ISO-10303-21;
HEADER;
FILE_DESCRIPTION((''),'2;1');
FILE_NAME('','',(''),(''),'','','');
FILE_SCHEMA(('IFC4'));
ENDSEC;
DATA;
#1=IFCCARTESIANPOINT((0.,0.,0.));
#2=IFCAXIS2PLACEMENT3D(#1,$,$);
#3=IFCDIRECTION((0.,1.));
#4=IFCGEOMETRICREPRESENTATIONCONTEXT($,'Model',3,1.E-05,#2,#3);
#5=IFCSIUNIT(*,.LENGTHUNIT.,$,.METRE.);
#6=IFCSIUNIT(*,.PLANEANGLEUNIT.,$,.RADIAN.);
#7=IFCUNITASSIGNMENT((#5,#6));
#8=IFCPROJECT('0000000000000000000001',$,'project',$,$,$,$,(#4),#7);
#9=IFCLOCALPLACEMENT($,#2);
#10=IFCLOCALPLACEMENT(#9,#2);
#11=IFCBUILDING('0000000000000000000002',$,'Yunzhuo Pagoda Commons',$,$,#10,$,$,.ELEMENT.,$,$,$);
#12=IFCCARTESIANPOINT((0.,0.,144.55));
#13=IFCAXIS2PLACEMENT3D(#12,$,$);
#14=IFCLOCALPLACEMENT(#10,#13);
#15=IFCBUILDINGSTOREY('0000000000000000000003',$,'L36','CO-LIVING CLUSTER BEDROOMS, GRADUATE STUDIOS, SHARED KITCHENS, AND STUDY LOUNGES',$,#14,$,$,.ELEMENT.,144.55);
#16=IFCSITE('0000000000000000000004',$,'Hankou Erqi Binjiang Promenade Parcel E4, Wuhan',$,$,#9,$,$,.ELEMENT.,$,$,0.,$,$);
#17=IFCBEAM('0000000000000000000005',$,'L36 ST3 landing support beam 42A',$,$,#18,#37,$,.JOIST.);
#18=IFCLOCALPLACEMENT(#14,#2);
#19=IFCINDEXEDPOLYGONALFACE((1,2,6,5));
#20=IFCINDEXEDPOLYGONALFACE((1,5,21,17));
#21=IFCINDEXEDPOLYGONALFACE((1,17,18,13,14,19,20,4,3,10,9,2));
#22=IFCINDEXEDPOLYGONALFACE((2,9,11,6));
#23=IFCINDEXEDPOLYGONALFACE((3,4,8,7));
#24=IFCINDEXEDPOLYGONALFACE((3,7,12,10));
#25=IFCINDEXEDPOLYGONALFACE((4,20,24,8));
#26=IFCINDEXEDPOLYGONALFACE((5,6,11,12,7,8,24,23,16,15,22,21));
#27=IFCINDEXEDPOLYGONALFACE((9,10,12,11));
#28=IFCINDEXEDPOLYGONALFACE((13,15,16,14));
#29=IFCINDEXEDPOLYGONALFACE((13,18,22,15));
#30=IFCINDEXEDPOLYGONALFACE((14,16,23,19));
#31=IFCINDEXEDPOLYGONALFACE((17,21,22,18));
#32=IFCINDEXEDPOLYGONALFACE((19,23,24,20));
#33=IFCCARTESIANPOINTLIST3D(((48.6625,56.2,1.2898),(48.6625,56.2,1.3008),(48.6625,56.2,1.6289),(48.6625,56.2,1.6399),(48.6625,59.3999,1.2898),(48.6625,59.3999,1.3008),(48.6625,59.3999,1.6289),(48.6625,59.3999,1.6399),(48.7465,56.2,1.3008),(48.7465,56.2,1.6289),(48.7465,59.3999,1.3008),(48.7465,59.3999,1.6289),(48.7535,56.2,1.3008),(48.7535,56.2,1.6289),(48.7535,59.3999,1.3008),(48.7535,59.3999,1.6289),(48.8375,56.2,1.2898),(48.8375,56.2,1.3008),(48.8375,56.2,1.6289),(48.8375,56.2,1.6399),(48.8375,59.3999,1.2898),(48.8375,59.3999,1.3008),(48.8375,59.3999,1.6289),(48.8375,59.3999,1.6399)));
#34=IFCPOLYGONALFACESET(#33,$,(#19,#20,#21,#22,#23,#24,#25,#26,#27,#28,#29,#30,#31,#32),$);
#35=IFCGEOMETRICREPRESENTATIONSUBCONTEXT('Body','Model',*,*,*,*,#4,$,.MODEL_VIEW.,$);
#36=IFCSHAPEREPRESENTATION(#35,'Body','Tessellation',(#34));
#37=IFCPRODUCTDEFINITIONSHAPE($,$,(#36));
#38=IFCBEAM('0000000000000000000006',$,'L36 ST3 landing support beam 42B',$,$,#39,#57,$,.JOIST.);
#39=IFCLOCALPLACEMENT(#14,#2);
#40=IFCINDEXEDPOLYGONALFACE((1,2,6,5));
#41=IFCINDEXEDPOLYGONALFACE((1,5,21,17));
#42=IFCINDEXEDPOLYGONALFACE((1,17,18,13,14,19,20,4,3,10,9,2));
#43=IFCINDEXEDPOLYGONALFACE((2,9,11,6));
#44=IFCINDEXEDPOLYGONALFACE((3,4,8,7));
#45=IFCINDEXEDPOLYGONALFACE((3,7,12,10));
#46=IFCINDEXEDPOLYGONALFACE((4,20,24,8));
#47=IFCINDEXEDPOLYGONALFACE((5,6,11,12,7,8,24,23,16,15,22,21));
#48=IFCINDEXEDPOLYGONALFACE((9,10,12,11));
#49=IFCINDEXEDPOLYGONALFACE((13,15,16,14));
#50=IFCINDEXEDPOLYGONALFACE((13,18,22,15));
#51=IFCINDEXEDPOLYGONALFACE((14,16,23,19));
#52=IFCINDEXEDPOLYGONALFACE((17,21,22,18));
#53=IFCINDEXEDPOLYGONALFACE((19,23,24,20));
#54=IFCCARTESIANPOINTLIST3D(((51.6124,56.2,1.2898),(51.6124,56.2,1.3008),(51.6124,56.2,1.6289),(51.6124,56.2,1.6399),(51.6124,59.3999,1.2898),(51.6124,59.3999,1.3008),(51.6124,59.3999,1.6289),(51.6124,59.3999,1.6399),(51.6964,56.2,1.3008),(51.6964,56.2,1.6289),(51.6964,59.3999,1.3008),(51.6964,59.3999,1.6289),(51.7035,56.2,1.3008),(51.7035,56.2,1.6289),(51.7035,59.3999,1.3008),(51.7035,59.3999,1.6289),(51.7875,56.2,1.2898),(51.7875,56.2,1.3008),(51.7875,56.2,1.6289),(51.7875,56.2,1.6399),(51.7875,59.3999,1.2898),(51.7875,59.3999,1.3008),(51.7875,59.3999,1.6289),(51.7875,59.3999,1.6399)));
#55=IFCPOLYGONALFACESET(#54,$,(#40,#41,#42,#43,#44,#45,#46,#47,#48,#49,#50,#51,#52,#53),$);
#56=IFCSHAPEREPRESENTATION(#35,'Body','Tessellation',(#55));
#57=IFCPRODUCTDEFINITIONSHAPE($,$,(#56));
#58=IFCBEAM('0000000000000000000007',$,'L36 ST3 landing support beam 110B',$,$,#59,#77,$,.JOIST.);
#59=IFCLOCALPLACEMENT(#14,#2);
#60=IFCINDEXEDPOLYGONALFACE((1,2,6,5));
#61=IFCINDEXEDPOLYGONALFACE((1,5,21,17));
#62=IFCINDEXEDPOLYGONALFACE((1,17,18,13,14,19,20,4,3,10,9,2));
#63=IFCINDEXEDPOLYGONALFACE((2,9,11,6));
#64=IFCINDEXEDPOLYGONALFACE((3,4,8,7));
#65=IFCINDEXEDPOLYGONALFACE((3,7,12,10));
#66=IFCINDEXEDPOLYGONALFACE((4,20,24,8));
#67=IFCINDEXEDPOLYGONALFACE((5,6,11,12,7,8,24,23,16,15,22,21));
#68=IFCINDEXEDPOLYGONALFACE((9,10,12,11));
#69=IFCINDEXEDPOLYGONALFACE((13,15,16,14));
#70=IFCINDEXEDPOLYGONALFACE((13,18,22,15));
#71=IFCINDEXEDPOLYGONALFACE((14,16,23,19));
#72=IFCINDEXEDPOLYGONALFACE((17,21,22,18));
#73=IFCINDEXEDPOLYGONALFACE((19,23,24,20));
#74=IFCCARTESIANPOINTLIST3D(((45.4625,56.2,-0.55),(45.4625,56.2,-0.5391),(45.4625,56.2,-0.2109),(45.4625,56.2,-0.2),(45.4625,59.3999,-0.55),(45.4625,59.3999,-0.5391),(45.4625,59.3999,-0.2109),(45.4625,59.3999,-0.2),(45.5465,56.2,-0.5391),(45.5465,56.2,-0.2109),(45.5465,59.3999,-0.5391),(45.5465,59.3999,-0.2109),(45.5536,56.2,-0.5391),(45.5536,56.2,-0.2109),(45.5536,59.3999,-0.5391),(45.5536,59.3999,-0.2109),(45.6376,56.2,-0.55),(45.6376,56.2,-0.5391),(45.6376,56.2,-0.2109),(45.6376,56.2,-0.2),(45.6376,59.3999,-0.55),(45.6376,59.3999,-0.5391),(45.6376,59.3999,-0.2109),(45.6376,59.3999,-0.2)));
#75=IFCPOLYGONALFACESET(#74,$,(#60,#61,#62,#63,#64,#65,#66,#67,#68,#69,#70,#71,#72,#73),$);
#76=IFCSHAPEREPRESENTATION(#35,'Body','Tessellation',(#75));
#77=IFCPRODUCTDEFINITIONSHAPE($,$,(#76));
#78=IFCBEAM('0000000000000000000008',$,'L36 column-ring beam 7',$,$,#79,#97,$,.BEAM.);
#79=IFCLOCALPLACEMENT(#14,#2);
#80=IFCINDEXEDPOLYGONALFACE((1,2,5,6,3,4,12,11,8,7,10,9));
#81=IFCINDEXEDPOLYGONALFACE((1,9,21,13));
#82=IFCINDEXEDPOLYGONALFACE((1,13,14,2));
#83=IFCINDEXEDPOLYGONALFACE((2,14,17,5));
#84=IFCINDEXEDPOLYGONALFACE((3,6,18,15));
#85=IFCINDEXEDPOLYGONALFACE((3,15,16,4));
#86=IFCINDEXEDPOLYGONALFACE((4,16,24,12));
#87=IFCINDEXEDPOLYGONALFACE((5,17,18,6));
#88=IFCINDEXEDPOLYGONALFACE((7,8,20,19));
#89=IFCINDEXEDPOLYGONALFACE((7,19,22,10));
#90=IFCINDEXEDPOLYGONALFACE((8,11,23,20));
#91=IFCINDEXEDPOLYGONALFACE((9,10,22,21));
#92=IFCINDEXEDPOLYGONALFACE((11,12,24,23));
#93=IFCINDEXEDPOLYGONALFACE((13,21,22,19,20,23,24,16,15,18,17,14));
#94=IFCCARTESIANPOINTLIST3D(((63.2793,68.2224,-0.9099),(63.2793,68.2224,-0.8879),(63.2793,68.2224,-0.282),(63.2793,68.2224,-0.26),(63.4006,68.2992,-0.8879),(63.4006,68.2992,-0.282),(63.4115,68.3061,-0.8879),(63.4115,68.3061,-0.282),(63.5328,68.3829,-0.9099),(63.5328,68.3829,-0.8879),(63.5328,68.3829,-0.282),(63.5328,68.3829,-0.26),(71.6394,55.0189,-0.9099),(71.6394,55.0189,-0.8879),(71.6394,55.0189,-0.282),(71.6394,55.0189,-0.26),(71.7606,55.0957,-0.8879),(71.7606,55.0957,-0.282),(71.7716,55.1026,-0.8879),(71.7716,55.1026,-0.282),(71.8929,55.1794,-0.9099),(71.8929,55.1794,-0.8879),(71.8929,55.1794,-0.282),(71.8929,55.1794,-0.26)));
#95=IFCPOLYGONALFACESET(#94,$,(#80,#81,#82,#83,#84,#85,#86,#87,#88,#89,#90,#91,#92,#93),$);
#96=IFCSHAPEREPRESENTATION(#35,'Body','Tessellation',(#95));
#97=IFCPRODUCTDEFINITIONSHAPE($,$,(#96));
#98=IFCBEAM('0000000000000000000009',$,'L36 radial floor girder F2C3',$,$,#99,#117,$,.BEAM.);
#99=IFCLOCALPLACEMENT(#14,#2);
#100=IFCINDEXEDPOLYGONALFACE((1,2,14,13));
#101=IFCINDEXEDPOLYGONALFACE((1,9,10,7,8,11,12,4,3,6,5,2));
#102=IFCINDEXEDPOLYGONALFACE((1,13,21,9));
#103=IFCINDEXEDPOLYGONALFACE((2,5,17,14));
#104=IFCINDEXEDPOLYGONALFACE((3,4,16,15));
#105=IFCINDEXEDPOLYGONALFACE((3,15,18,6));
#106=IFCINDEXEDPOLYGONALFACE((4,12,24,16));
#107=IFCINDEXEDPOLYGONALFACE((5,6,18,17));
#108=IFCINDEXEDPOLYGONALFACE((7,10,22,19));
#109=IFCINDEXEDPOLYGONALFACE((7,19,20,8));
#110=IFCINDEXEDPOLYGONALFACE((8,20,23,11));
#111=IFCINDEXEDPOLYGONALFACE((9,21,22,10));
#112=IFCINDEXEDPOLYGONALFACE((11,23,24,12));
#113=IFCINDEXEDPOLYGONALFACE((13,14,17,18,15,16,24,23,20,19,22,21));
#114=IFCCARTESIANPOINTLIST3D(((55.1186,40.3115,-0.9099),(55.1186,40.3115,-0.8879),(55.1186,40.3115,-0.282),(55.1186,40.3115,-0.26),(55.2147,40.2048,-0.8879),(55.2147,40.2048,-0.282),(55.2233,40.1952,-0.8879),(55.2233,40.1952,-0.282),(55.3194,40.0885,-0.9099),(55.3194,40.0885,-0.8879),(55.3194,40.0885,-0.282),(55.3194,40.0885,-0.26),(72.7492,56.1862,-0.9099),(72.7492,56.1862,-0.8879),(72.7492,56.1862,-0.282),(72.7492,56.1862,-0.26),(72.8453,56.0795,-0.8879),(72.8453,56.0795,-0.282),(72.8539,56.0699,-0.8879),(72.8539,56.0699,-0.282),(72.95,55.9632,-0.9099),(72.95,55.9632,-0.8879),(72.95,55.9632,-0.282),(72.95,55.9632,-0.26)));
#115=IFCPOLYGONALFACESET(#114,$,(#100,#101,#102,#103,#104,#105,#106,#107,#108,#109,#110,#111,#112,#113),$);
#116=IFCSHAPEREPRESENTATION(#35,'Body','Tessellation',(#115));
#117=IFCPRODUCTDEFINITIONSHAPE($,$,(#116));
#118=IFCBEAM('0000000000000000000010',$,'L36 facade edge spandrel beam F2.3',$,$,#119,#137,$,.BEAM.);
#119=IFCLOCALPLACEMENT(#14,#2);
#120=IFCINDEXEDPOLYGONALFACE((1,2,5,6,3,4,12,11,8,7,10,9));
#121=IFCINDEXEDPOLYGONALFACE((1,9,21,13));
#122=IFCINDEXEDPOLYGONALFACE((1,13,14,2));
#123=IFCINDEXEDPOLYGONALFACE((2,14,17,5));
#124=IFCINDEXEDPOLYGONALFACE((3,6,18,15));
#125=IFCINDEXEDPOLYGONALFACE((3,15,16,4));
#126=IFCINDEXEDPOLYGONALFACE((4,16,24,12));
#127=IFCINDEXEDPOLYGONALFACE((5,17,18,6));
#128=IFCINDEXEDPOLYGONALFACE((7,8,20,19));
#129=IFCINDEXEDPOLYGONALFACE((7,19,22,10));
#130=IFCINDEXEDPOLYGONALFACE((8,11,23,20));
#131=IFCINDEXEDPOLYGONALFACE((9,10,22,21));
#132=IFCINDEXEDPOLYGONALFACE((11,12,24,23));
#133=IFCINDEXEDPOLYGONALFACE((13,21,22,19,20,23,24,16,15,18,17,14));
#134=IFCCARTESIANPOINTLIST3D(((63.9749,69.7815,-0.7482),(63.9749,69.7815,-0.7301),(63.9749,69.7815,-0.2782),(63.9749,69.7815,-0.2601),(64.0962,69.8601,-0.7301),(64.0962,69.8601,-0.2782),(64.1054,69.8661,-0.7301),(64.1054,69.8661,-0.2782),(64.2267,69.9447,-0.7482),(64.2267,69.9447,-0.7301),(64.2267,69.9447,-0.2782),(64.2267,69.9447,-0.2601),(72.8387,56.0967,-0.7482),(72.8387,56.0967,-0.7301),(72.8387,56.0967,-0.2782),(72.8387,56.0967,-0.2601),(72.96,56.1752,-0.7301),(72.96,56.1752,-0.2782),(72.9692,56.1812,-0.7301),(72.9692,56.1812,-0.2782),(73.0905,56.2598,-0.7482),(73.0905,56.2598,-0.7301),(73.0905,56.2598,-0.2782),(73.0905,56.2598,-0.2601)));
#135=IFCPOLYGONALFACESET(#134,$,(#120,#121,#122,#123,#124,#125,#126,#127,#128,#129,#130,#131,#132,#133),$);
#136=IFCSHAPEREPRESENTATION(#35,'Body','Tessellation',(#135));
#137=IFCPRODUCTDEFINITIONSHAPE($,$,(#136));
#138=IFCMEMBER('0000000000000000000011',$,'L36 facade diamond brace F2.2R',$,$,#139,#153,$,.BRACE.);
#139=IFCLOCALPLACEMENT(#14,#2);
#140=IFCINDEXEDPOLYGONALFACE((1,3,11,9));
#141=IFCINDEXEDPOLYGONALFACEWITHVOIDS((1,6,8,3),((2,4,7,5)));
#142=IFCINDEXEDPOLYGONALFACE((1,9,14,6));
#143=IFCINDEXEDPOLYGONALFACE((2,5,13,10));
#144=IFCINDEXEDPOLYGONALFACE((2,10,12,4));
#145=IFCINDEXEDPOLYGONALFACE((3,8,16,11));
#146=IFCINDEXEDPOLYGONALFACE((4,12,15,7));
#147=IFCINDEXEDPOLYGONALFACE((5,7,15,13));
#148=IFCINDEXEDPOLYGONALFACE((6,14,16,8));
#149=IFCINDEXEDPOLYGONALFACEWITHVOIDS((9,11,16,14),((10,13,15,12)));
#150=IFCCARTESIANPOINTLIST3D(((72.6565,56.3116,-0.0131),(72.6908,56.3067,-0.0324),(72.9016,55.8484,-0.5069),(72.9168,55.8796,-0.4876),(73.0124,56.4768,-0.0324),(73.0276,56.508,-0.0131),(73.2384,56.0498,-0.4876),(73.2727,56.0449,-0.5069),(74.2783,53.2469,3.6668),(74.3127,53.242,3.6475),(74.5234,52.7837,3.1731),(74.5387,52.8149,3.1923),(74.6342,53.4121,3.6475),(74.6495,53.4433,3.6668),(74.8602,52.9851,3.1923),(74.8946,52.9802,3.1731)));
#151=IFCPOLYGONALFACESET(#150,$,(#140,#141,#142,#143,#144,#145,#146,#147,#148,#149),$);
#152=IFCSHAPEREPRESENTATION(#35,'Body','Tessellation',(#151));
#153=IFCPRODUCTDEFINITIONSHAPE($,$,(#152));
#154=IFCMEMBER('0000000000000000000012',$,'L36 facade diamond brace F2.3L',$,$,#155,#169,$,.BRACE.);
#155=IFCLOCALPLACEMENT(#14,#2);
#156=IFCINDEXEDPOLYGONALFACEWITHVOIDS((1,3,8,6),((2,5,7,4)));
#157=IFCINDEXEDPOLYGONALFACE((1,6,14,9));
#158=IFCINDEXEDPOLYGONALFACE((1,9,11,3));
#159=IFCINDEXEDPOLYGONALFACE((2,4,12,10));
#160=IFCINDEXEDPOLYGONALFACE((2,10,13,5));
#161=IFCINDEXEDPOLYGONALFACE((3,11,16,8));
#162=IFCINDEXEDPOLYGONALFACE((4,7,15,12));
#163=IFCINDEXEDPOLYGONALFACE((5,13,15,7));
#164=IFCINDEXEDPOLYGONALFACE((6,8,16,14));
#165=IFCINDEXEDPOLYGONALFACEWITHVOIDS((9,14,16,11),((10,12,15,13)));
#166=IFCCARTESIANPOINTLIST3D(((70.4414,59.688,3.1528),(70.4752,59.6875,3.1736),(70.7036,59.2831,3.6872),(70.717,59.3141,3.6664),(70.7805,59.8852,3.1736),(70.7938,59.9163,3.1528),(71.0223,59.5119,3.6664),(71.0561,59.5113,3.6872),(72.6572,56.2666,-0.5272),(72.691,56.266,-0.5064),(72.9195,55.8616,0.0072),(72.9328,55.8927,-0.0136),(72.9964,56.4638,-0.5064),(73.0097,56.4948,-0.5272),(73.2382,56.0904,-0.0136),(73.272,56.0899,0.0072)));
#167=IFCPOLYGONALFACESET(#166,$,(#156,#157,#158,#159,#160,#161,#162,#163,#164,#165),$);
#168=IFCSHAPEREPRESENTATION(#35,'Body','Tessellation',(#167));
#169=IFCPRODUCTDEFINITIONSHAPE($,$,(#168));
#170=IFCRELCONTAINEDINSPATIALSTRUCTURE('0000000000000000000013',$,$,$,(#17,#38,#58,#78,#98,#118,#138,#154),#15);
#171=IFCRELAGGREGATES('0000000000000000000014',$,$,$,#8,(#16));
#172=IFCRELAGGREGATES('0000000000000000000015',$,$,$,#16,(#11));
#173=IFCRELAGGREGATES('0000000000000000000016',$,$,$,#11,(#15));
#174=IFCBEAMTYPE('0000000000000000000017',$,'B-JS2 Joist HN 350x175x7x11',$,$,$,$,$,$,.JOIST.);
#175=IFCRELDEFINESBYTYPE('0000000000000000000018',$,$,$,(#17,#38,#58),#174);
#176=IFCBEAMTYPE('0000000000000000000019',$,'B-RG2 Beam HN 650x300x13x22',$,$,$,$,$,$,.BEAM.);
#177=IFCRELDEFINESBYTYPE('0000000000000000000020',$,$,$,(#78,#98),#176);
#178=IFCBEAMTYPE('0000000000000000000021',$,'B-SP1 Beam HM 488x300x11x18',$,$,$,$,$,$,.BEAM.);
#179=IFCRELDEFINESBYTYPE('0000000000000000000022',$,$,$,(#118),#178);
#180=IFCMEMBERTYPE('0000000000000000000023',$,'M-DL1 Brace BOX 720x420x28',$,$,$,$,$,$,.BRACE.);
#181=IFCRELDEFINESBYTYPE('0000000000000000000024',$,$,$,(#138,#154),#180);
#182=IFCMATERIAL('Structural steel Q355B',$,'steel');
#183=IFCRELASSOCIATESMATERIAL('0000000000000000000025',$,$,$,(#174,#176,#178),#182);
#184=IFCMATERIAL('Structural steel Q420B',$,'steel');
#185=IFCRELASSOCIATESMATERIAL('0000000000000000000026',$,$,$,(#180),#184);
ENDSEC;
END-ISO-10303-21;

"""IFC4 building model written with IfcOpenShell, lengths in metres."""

from ifc_helpers import new_model, si_unit, direction, frame, origin, origin_2d, place, context, subcontext, project, spatial, hollow_rectangle, i_section, extrude, source, transform, mapped, material, material_profile, profile_set, type_object, element, save


model = new_model("IFC4")

# Units and contexts
model_context = context("Model", 3, precision=1e-05, world=origin(), true_north=direction((0.0, 1.0)))
body_context = subcontext(model_context, "Body", "Model", "MODEL_VIEW")
ifc_project = project(units=[si_unit("LENGTHUNIT", "METRE"), si_unit("PLANEANGLEUNIT", "RADIAN")], contexts=[model_context])

# Site, building, storey
site_placement = place(None, origin())
site = spatial("IfcSite", under=ifc_project, at=site_placement, Name="Hankou Erqi Binjiang Promenade Parcel E4, Wuhan", CompositionType="ELEMENT", RefElevation=0.0)
building_placement = place(site_placement, origin())
building = spatial("IfcBuilding", under=site, at=building_placement, Name="Yunzhuo Pagoda Commons", CompositionType="ELEMENT")
storey_placement = place(building_placement, frame((0.0, 0.0, 144.55)))
storey = spatial("IfcBuildingStorey", under=building, at=storey_placement, Name="L36", Description="CO-LIVING CLUSTER BEDROOMS, GRADUATE STUDIOS, SHARED KITCHENS, AND STUDY LOUNGES", CompositionType="ELEMENT", Elevation=144.55)

# Beams
ifc_material_1 = material(Name="Structural steel Q355B", Category="steel")
ifc_material_profile_1 = material_profile(ifc_material_1, i_section(OverallWidth=0.175, OverallDepth=0.3501, WebThickness=0.0071, FlangeThickness=0.011, at=origin_2d()), Name="Structural steel Q355B")
ifc_profile_set_1 = profile_set([ifc_material_profile_1], Name="Structural steel Q355B")
beam_type_1 = type_object("IfcBeamType", Name="B-JS2 Joist HN 350x175x7x11", PredefinedType="JOIST", material=ifc_profile_set_1)
shared_shape_1 = source(origin(), body_context, "Body", "SweptSolid", [
    extrude(i_section(OverallWidth=0.175, OverallDepth=0.3501, WebThickness=0.0071, FlangeThickness=0.011, at=origin_2d()), origin(), (0.0, 0.0, 1.0), 3.2),
])
for number, where, z_axis, x_axis, name in (
    (1, (48.75, 56.2, 1.4648), (0.0, 1.0, 0.0), (-1.0, 0.0, 0.0), "L36 ST3 landing support beam 42A"),
    (2, (51.7, 56.2, 1.4648), (0.0, 1.0, 0.0), (-1.0, 0.0, 0.0), "L36 ST3 landing support beam 42B"),
    (3, (45.55, 56.2, -0.375), (0.0, 1.0, 0.0), (-1.0, 0.0, 0.0), "L36 ST3 landing support beam 110B"),
):
    element("IfcBeam", number, at=place(storey_placement, frame(where, z_axis=z_axis, x_axis=x_axis)), inside=storey, type_object=beam_type_1, Name=name, PredefinedType="JOIST", context=body_context, shape_type="MappedRepresentation", body=[
        mapped(shared_shape_1, transform((0.0, 0.0, 0.0), scale=1.0)),
    ])
ifc_material_profile_2 = material_profile(ifc_material_1, i_section(OverallWidth=0.3, OverallDepth=0.6499, WebThickness=0.0129, FlangeThickness=0.022, at=origin_2d()), Name="Structural steel Q355B")
ifc_profile_set_2 = profile_set([ifc_material_profile_2], Name="Structural steel Q355B")
beam_type_2 = type_object("IfcBeamType", Name="B-RG2 Beam HN 650x300x13x22", PredefinedType="BEAM", material=ifc_profile_set_2)
shared_shape_2 = source(origin(), body_context, "Body", "SweptSolid", [
    extrude(i_section(OverallWidth=0.3, OverallDepth=0.6499, WebThickness=0.0129, FlangeThickness=0.022, at=origin_2d()), origin(), (0.0, 0.0, 1.0), 15.6277),
])
beam_1_placement = place(storey_placement, frame((71.7661, 55.0991, -0.585), z_axis=(-0.534952, 0.844882, 0.0), x_axis=(-0.844882, -0.534952, 0.0)))
element("IfcBeam", 4, at=beam_1_placement, inside=storey, type_object=beam_type_2, Name="L36 column-ring beam 7", PredefinedType="BEAM", context=body_context, shape_type="MappedRepresentation", body=[
    mapped(shared_shape_2, transform((0.0, 0.0, 0.0), scale=1.0)),
])
shared_shape_3 = source(origin(), body_context, "Body", "SweptSolid", [
    extrude(i_section(OverallWidth=0.3, OverallDepth=0.6499, WebThickness=0.0129, FlangeThickness=0.022, at=origin_2d()), origin(), (0.0, 0.0, 1.0), 23.7244),
])
beam_2_placement = place(storey_placement, frame((72.8496, 56.0747, -0.585), z_axis=(-0.743143, -0.669132, 0.0), x_axis=(0.669132, -0.743143, 0.0)))
element("IfcBeam", 5, at=beam_2_placement, inside=storey, type_object=beam_type_2, Name="L36 radial floor girder F2C3", PredefinedType="BEAM", context=body_context, shape_type="MappedRepresentation", body=[
    mapped(shared_shape_3, transform((0.0, 0.0, 0.0), scale=1.0)),
])
ifc_material_profile_3 = material_profile(ifc_material_1, i_section(OverallWidth=0.3, OverallDepth=0.488, WebThickness=0.011, FlangeThickness=0.0181, at=origin_2d()), Name="Structural steel Q355B")
ifc_profile_set_3 = profile_set([ifc_material_profile_3], Name="Structural steel Q355B")
beam_type_3 = type_object("IfcBeamType", Name="B-SP1 Beam HM 488x300x11x18", PredefinedType="BEAM", material=ifc_profile_set_3)
shared_shape_4 = source(origin(), body_context, "Body", "SweptSolid", [
    extrude(i_section(OverallWidth=0.3, OverallDepth=0.488, WebThickness=0.011, FlangeThickness=0.0181, at=origin_2d()), origin(), (0.0, 0.0, 1.0), 16.3047),
])
beam_3_placement = place(storey_placement, frame((72.9646, 56.1782, -0.5042), z_axis=(-0.543636, 0.839321, 0.0), x_axis=(-0.839321, -0.543636, 0.0)))
element("IfcBeam", 6, at=beam_3_placement, inside=storey, type_object=beam_type_3, Name="L36 facade edge spandrel beam F2.3", PredefinedType="BEAM", context=body_context, shape_type="MappedRepresentation", body=[
    mapped(shared_shape_4, transform((0.0, 0.0, 0.0), scale=1.0)),
])

# Members
ifc_material_2 = material(Name="Structural steel Q420B", Category="steel")
ifc_material_profile_4 = material_profile(ifc_material_2, hollow_rectangle(XDim=0.4199, YDim=0.72, WallThickness=0.0281, at=origin_2d()), Name="Structural steel Q420B")
ifc_profile_set_4 = profile_set([ifc_material_profile_4], Name="Structural steel Q420B")
member_type_1 = type_object("IfcMemberType", Name="M-DL1 Brace BOX 720x420x28", PredefinedType="BRACE", material=ifc_profile_set_4)
shared_shape_5 = source(origin(), body_context, "Body", "SweptSolid", [
    extrude(hollow_rectangle(XDim=0.4199, YDim=0.72, WallThickness=0.0281, at=origin_2d()), origin(), (0.0, 0.0, 1.0), 5.0562),
])
member_1_placement = place(storey_placement, frame((72.9646, 56.1782, -0.26), z_axis=(0.320763, -0.606133, 0.727814), x_axis=(0.883867, 0.467739, 0.0)))
element("IfcMember", 7, at=member_1_placement, inside=storey, type_object=member_type_1, Name="L36 facade diamond brace F2.2R", PredefinedType="BRACE", context=body_context, shape_type="MappedRepresentation", body=[
    mapped(shared_shape_5, transform((0.0, 0.0, 0.0), scale=1.0)),
])
shared_shape_6 = source(origin(), body_context, "Body", "SweptSolid", [
    extrude(hollow_rectangle(XDim=0.4199, YDim=0.72, WallThickness=0.0281, at=origin_2d()), origin(), (0.0, 0.0, 1.0), 5.4917),
])
member_2_placement = place(storey_placement, frame((72.9646, 56.1782, -0.26), z_axis=(-0.403493, 0.623022, 0.670102), x_axis=(-0.839348, -0.543594, 0.0)))
element("IfcMember", 8, at=member_2_placement, inside=storey, type_object=member_type_1, Name="L36 facade diamond brace F2.3L", PredefinedType="BRACE", context=body_context, shape_type="MappedRepresentation", body=[
    mapped(shared_shape_6, transform((0.0, 0.0, 0.0), scale=1.0)),
])

save(model, "model.ifc")
